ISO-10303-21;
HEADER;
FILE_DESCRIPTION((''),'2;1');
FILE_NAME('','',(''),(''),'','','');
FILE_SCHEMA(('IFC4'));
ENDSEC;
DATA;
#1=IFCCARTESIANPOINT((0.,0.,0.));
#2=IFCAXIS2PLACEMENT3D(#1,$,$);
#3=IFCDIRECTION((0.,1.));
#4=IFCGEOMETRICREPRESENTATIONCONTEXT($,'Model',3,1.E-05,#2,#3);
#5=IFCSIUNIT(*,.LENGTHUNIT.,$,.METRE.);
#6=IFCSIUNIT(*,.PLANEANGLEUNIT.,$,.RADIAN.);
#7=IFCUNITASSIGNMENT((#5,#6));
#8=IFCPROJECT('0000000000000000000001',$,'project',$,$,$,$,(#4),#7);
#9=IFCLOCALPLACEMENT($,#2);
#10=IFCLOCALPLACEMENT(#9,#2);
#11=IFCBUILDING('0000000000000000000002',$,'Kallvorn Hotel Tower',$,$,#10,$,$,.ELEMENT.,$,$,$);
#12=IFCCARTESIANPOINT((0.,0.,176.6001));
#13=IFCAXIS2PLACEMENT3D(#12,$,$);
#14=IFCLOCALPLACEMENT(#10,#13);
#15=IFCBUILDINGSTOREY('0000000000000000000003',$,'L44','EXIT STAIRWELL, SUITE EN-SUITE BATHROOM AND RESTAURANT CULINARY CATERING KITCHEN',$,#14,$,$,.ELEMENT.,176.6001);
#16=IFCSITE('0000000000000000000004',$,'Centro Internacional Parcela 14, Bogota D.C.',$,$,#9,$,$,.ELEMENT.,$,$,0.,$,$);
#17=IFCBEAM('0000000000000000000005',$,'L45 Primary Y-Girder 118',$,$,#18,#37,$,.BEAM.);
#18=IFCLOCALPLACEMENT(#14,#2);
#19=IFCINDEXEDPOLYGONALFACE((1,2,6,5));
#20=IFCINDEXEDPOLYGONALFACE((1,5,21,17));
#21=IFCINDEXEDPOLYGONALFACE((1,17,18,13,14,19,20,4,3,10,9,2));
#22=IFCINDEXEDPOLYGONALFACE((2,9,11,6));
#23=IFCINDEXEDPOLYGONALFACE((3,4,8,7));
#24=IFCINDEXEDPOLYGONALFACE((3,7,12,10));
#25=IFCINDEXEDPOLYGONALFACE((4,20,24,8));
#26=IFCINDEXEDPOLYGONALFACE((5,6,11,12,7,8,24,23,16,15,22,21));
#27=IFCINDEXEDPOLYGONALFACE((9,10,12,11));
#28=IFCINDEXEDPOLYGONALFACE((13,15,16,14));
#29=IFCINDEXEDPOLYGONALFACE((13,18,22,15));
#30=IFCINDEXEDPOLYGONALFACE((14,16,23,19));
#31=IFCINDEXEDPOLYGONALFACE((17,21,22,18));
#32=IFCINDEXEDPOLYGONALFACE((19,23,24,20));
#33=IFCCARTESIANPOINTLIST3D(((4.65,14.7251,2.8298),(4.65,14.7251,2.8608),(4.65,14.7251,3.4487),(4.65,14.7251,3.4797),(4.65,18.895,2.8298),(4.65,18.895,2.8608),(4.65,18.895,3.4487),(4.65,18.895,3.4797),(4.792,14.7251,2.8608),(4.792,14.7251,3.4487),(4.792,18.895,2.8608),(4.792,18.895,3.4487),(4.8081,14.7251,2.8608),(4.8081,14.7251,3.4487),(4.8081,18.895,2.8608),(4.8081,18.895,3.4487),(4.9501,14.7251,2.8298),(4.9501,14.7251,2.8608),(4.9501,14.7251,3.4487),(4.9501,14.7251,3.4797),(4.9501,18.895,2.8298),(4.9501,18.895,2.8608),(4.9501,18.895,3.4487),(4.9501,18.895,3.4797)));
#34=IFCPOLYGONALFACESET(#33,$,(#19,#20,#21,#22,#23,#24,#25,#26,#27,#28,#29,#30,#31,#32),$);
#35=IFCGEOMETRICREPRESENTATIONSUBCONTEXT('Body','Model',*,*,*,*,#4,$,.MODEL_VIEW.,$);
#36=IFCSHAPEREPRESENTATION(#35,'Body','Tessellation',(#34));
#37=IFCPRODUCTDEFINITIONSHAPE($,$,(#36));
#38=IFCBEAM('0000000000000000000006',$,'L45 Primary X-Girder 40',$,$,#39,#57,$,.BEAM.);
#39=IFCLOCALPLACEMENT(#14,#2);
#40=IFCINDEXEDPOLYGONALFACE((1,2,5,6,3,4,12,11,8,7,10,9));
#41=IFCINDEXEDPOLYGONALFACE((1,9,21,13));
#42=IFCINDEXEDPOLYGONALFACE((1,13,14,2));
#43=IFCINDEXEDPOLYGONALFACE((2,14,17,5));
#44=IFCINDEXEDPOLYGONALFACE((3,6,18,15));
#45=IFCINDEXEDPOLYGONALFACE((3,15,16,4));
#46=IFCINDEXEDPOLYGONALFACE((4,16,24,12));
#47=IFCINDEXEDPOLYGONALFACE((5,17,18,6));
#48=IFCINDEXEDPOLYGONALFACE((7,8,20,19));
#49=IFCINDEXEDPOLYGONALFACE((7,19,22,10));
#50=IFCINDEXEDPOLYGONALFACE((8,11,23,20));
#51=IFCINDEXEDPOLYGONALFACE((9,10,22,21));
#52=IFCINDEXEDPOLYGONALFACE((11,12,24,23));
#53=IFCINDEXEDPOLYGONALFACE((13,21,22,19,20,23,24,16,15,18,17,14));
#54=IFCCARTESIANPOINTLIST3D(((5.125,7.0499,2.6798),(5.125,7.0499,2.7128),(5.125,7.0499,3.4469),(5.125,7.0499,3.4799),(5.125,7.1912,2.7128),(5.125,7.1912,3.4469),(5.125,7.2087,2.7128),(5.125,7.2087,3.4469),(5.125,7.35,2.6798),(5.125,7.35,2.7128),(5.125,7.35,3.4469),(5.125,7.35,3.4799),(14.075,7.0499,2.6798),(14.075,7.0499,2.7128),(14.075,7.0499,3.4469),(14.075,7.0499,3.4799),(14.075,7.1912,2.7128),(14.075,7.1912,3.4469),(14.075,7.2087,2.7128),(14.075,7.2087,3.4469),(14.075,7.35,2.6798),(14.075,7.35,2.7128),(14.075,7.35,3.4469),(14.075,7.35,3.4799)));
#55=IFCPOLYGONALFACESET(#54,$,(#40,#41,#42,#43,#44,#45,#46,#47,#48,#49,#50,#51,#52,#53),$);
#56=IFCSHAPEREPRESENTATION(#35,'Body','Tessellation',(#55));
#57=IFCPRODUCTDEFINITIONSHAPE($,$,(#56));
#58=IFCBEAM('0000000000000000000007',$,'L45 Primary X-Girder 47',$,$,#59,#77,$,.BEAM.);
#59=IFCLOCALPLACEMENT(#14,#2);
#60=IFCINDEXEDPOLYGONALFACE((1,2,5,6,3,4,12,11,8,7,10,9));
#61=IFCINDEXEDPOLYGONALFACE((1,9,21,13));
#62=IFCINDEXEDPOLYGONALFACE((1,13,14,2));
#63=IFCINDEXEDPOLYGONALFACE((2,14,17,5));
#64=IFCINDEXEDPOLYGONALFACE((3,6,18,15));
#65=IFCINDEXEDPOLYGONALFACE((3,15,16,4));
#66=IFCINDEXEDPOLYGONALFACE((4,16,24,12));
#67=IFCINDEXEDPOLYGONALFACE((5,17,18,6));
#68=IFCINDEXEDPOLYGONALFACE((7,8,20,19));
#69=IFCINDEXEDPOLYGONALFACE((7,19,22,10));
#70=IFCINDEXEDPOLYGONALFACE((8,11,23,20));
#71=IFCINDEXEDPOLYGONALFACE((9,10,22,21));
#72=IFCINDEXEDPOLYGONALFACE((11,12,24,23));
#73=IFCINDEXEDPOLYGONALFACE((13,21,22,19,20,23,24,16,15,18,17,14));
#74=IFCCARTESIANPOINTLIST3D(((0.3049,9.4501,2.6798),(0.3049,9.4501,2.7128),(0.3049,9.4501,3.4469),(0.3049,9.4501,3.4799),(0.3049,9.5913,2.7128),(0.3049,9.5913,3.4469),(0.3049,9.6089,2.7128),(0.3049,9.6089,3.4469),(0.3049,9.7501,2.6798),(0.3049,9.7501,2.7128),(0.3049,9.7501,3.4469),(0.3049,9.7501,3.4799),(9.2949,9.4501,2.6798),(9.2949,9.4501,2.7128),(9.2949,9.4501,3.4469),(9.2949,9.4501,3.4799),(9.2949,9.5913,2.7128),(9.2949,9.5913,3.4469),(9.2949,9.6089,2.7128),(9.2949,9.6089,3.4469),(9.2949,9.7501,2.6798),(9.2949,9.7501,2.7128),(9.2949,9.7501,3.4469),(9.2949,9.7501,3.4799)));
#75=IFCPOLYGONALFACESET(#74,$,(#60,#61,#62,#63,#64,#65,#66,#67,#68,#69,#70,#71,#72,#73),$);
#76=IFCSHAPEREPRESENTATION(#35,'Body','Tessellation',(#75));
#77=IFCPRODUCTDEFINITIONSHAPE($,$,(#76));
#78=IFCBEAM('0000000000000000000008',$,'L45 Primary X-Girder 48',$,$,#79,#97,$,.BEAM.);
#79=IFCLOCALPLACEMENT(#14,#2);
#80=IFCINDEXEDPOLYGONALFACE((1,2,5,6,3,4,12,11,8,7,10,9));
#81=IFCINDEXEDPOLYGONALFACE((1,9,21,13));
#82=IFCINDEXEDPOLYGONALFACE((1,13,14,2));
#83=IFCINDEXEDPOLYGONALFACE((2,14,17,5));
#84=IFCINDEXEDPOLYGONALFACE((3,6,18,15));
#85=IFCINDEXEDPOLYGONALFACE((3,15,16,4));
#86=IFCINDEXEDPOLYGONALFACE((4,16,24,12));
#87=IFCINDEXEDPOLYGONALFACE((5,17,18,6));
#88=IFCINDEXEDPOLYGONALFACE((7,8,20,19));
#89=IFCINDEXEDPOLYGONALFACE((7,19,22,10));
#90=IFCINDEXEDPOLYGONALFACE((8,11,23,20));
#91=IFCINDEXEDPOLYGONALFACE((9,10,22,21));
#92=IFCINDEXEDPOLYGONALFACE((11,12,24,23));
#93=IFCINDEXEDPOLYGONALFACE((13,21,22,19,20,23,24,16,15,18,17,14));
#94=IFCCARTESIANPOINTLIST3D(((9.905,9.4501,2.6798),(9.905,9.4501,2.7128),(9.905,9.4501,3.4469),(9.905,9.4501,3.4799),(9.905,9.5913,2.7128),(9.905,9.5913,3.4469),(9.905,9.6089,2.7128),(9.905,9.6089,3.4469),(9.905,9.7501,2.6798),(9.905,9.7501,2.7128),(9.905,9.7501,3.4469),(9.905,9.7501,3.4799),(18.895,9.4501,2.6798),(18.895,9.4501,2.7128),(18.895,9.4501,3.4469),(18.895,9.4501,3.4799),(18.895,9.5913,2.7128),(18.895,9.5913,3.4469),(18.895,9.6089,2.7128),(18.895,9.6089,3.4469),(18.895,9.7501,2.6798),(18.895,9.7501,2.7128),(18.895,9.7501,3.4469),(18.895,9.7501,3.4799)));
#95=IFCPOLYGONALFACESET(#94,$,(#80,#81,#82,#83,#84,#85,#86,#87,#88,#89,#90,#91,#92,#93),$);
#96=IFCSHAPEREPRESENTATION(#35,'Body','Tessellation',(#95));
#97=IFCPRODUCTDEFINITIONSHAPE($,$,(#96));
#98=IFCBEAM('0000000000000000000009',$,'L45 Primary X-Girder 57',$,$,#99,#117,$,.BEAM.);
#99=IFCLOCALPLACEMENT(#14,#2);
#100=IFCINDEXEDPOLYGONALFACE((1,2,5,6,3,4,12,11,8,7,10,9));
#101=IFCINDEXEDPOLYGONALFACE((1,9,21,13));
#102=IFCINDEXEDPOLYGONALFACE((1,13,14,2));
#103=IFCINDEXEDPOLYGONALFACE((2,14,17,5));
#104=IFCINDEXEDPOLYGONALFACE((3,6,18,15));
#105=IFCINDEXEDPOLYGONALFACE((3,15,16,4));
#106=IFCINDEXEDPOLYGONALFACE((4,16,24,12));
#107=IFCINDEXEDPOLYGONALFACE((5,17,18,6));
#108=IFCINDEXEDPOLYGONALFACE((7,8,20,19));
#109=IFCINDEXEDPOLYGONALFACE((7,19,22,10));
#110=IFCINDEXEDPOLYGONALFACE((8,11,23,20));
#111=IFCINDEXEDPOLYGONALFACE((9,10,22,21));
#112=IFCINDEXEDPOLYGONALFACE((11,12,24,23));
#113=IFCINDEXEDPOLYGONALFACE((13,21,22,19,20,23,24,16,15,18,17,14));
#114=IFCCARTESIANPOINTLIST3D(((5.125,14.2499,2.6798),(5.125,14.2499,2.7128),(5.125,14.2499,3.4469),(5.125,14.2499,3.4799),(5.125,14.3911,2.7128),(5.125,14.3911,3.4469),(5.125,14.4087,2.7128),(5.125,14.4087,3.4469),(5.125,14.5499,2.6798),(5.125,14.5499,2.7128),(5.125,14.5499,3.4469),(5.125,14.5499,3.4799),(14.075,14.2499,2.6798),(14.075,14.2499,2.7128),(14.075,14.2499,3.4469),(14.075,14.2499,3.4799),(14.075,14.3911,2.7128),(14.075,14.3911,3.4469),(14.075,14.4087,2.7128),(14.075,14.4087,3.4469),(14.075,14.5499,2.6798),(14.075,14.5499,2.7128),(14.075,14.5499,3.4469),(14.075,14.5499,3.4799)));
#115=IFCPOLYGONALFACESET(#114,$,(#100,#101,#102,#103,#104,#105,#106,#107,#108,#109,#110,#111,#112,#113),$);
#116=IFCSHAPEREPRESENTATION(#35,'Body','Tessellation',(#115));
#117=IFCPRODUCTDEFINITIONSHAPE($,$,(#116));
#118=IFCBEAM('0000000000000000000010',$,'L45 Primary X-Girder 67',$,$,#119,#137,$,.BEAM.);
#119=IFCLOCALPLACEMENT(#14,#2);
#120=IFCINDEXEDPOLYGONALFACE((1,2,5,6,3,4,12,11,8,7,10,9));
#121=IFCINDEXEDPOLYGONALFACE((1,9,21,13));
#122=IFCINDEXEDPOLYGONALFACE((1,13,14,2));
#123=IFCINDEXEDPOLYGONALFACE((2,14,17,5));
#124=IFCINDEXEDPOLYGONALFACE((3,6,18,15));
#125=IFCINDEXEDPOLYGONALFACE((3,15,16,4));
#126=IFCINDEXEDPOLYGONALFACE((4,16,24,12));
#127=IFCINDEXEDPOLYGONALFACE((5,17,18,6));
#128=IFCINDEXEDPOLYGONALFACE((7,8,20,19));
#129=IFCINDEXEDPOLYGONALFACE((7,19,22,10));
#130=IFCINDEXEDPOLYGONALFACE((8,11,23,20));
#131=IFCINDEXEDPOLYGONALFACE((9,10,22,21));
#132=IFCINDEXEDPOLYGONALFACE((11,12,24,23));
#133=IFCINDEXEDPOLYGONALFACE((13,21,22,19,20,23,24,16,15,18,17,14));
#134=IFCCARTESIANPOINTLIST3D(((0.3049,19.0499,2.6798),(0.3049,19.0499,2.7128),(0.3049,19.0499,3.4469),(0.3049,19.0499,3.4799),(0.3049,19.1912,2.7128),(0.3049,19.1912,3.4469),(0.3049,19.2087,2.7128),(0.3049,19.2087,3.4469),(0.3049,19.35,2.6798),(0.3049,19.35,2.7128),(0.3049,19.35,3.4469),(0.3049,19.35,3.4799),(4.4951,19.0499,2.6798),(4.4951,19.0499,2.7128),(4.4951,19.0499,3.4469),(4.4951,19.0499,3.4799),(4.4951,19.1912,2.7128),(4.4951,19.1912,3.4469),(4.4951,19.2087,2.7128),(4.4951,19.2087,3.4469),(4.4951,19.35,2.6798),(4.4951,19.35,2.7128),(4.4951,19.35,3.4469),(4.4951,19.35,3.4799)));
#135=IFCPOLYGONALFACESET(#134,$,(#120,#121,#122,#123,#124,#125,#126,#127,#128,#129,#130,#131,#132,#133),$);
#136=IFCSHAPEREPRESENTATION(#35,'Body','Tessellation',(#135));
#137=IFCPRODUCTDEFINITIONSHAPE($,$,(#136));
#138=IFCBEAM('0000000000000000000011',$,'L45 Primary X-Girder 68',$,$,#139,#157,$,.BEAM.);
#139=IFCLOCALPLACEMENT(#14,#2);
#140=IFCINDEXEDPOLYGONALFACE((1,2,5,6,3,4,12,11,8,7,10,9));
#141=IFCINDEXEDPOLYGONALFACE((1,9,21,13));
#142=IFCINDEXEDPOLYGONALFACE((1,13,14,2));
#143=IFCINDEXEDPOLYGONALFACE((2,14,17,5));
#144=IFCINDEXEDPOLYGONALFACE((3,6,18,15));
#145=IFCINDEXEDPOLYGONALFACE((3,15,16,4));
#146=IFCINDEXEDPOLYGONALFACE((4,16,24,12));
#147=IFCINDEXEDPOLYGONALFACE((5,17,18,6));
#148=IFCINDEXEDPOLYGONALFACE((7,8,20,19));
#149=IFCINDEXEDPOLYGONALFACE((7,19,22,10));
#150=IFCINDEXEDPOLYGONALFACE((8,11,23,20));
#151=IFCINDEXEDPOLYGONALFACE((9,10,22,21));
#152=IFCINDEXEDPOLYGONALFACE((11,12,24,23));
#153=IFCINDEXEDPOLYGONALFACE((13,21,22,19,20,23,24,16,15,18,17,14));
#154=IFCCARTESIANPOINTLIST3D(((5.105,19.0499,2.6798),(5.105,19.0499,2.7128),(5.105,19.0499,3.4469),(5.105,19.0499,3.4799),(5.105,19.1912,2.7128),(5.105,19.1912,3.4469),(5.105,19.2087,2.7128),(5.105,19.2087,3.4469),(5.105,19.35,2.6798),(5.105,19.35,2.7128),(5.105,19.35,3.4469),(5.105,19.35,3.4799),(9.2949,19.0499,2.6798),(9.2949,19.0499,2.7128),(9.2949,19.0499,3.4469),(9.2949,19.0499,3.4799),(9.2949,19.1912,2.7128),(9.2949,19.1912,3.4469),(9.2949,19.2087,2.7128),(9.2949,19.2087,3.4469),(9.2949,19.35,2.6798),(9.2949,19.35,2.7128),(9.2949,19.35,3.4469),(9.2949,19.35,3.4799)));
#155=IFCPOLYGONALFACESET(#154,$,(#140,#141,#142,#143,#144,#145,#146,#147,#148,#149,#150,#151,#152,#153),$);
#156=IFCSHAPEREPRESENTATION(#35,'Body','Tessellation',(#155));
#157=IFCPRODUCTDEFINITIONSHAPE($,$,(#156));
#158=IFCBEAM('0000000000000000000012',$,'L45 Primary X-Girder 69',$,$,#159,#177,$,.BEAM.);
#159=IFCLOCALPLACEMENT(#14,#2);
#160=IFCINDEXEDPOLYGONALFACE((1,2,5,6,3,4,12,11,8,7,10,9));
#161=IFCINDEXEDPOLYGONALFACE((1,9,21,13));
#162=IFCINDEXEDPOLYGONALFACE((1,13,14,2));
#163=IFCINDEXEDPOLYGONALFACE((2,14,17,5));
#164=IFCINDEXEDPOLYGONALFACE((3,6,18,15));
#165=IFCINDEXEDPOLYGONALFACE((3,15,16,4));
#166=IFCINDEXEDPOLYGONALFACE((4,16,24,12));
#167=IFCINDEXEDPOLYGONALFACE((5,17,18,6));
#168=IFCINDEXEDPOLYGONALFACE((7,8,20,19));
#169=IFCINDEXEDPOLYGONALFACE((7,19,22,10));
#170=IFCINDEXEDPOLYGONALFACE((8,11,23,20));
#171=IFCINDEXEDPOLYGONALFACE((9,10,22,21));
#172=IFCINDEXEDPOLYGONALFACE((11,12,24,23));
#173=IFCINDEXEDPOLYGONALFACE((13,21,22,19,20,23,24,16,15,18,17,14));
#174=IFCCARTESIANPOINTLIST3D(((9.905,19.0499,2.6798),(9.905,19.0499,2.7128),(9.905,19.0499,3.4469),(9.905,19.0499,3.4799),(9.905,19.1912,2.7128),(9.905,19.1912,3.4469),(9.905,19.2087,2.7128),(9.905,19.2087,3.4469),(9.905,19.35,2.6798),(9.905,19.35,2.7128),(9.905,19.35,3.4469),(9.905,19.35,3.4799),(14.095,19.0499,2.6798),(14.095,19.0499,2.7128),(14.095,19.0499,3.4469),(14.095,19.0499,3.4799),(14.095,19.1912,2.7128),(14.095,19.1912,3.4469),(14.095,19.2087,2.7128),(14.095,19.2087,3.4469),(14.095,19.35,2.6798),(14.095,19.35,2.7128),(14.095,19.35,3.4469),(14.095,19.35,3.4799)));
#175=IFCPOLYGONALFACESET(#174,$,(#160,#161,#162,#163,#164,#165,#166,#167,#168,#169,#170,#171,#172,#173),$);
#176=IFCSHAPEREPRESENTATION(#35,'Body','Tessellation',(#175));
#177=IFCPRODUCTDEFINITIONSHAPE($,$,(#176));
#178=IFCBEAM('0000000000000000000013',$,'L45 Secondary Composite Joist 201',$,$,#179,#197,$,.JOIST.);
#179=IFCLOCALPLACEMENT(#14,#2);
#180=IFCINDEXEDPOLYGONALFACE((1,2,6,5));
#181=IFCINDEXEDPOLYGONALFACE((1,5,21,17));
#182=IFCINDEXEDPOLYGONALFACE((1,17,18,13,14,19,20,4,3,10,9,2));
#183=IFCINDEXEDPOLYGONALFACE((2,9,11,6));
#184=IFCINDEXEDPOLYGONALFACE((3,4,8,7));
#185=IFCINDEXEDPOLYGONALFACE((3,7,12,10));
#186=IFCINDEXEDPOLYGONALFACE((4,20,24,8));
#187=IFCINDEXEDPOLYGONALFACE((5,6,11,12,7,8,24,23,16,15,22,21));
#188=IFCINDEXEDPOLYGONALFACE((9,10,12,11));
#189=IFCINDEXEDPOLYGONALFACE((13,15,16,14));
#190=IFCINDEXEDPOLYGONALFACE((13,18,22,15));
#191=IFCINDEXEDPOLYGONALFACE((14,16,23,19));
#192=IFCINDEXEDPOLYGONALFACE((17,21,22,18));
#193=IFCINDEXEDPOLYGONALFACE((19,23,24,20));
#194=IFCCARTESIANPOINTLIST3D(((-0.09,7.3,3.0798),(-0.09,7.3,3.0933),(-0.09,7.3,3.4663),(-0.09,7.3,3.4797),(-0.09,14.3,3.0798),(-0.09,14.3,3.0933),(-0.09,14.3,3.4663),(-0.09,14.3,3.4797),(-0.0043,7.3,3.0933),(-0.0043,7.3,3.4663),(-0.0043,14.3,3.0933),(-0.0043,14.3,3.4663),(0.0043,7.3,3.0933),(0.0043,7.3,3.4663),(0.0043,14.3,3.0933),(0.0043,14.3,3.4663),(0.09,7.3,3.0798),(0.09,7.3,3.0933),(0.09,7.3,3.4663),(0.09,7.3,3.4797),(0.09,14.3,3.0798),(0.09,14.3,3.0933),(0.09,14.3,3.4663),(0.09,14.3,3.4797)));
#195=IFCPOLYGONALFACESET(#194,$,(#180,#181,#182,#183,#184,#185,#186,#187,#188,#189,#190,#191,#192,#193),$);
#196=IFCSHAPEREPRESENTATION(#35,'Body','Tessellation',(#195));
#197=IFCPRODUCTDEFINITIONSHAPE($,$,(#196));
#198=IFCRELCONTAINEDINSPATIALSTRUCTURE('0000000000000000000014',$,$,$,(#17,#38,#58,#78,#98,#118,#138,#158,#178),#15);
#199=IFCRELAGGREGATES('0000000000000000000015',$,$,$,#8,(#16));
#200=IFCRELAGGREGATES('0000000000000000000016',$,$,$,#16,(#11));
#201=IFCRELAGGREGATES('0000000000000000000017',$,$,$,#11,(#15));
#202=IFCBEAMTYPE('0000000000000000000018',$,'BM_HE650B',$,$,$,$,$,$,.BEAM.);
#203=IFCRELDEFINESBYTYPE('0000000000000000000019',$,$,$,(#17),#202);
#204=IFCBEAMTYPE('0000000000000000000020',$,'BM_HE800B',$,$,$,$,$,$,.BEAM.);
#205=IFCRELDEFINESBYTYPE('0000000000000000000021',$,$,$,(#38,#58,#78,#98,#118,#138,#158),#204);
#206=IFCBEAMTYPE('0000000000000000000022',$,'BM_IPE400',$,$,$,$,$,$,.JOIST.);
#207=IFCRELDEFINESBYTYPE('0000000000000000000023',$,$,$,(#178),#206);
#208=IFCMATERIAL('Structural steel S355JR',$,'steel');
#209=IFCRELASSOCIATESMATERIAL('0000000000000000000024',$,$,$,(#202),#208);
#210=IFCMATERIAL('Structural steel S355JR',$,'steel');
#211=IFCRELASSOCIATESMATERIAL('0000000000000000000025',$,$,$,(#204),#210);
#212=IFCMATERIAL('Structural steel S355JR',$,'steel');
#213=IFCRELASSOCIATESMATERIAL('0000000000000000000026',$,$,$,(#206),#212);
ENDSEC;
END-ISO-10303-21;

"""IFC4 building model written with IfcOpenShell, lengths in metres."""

from ifc_helpers import new_model, si_unit, direction, frame, origin, origin_2d, place, context, subcontext, project, spatial, i_section, extrude, material, material_profile, profile_set, type_object, element, save


model = new_model("IFC4")

# Units and contexts
model_context = context("Model", 3, precision=1e-05, world=origin(), true_north=direction((0.0, 1.0)))
body_context = subcontext(model_context, "Body", "Model", "MODEL_VIEW")
ifc_project = project(units=[si_unit("LENGTHUNIT", "METRE"), si_unit("PLANEANGLEUNIT", "RADIAN")], contexts=[model_context])

# Site, building, storey
site_placement = place(None, origin())
site = spatial("IfcSite", under=ifc_project, at=site_placement, Name="Centro Internacional Parcela 14, Bogota D.C.", CompositionType="ELEMENT", RefElevation=0.0)
building_placement = place(site_placement, origin())
building = spatial("IfcBuilding", under=site, at=building_placement, Name="Kallvorn Hotel Tower", CompositionType="ELEMENT")
storey_placement = place(building_placement, frame((0.0, 0.0, 176.6001)))
storey = spatial("IfcBuildingStorey", under=building, at=storey_placement, Name="L44", Description="EXIT STAIRWELL, SUITE EN-SUITE BATHROOM AND RESTAURANT CULINARY CATERING KITCHEN", CompositionType="ELEMENT", Elevation=176.6001)

# Beams
ifc_material_1 = material(Name="Structural steel S355JR", Category="steel")
ifc_material_profile_1 = material_profile(ifc_material_1, i_section(OverallWidth=0.3, OverallDepth=0.6499, WebThickness=0.0161, FlangeThickness=0.031, at=origin_2d()), Name="HE 650 B")
ifc_profile_set_1 = profile_set([ifc_material_profile_1], Name="Structural steel S355JR")
beam_type_1 = type_object("IfcBeamType", Name="BM_HE650B", PredefinedType="BEAM", material=ifc_profile_set_1)
beam_1_placement = place(storey_placement, frame((4.8, 14.7251, 3.1548), z_axis=(0.0, 1.0, 0.0), x_axis=(-1.0, 0.0, 0.0)))
element("IfcBeam", 1, at=beam_1_placement, inside=storey, type_object=beam_type_1, Name="L45 Primary Y-Girder 118", PredefinedType="BEAM", context=body_context, shape_type="SweptSolid", body=[
    extrude(i_section(OverallWidth=0.3, OverallDepth=0.6499, WebThickness=0.0161, FlangeThickness=0.031, at=origin_2d()), origin(), (0.0, 0.0, 1.0), 4.1699),
])
ifc_material_2 = material(Name="Structural steel S355JR", Category="steel")
ifc_material_profile_2 = material_profile(ifc_material_2, i_section(OverallWidth=0.3, OverallDepth=0.8, WebThickness=0.0176, FlangeThickness=0.033, at=origin_2d()), Name="HE 800 B")
ifc_profile_set_2 = profile_set([ifc_material_profile_2], Name="Structural steel S355JR")
beam_type_2 = type_object("IfcBeamType", Name="BM_HE800B", PredefinedType="BEAM", material=ifc_profile_set_2)
beam_2_placement = place(storey_placement, frame((5.125, 7.2, 3.0798), z_axis=(1.0, 0.0, 0.0), x_axis=(0.0, 1.0, 0.0)))
element("IfcBeam", 2, at=beam_2_placement, inside=storey, type_object=beam_type_2, Name="L45 Primary X-Girder 40", PredefinedType="BEAM", context=body_context, shape_type="SweptSolid", body=[
    extrude(i_section(OverallWidth=0.3, OverallDepth=0.8, WebThickness=0.0176, FlangeThickness=0.033, at=origin_2d()), origin(), (0.0, 0.0, 1.0), 8.95),
])
for number, where, z_axis, x_axis, name in (
    (3, (0.3049, 9.6001, 3.0798), (1.0, 0.0, 0.0), (0.0, 1.0, 0.0), "L45 Primary X-Girder 47"),
    (4, (9.905, 9.6001, 3.0798), (1.0, 0.0, 0.0), (0.0, 1.0, 0.0), "L45 Primary X-Girder 48"),
):
    element("IfcBeam", number, at=place(storey_placement, frame(where, z_axis=z_axis, x_axis=x_axis)), inside=storey, type_object=beam_type_2, Name=name, PredefinedType="BEAM", context=body_context, shape_type="SweptSolid", body=[
        extrude(i_section(OverallWidth=0.3, OverallDepth=0.8, WebThickness=0.0176, FlangeThickness=0.033, at=origin_2d()), origin(), (0.0, 0.0, 1.0), 8.99),
    ])
beam_3_placement = place(storey_placement, frame((5.125, 14.3999, 3.0798), z_axis=(1.0, 0.0, 0.0), x_axis=(0.0, 1.0, 0.0)))
element("IfcBeam", 5, at=beam_3_placement, inside=storey, type_object=beam_type_2, Name="L45 Primary X-Girder 57", PredefinedType="BEAM", context=body_context, shape_type="SweptSolid", body=[
    extrude(i_section(OverallWidth=0.3, OverallDepth=0.8, WebThickness=0.0176, FlangeThickness=0.033, at=origin_2d()), origin(), (0.0, 0.0, 1.0), 8.95),
])
beam_4_placement = place(storey_placement, frame((0.3049, 19.2, 3.0798), z_axis=(1.0, 0.0, 0.0), x_axis=(0.0, 1.0, 0.0)))
element("IfcBeam", 6, at=beam_4_placement, inside=storey, type_object=beam_type_2, Name="L45 Primary X-Girder 67", PredefinedType="BEAM", context=body_context, shape_type="SweptSolid", body=[
    extrude(i_section(OverallWidth=0.3, OverallDepth=0.8, WebThickness=0.0176, FlangeThickness=0.033, at=origin_2d()), origin(), (0.0, 0.0, 1.0), 4.1902),
])
for number, where, z_axis, x_axis, name in (
    (7, (5.105, 19.2, 3.0798), (1.0, 0.0, 0.0), (0.0, 1.0, 0.0), "L45 Primary X-Girder 68"),
    (8, (9.905, 19.2, 3.0798), (1.0, 0.0, 0.0), (0.0, 1.0, 0.0), "L45 Primary X-Girder 69"),
):
    element("IfcBeam", number, at=place(storey_placement, frame(where, z_axis=z_axis, x_axis=x_axis)), inside=storey, type_object=beam_type_2, Name=name, PredefinedType="BEAM", context=body_context, shape_type="SweptSolid", body=[
        extrude(i_section(OverallWidth=0.3, OverallDepth=0.8, WebThickness=0.0176, FlangeThickness=0.033, at=origin_2d()), origin(), (0.0, 0.0, 1.0), 4.1899),
    ])
ifc_material_3 = material(Name="Structural steel S355JR", Category="steel")
ifc_material_profile_3 = material_profile(ifc_material_3, i_section(OverallWidth=0.1799, OverallDepth=0.3999, WebThickness=0.0085, FlangeThickness=0.0134, at=origin_2d()), Name="IPE 400")
ifc_profile_set_3 = profile_set([ifc_material_profile_3], Name="Structural steel S355JR")
beam_type_3 = type_object("IfcBeamType", Name="BM_IPE400", PredefinedType="JOIST", material=ifc_profile_set_3)
for number, where, z_axis, x_axis, name in (
    (9, (0.0, 7.3, 3.2798), (0.0, 1.0, 0.0), (-1.0, 0.0, 0.0), "L45 Secondary Composite Joist 201"),
):
    element("IfcBeam", number, at=place(storey_placement, frame(where, z_axis=z_axis, x_axis=x_axis)), inside=storey, type_object=beam_type_3, Name=name, PredefinedType="JOIST", context=body_context, shape_type="SweptSolid", body=[
        extrude(i_section(OverallWidth=0.1799, OverallDepth=0.3999, WebThickness=0.0085, FlangeThickness=0.0134, at=origin_2d()), origin(), (0.0, 0.0, 1.0), 7.0),
    ])

save(model, "model.ifc")
